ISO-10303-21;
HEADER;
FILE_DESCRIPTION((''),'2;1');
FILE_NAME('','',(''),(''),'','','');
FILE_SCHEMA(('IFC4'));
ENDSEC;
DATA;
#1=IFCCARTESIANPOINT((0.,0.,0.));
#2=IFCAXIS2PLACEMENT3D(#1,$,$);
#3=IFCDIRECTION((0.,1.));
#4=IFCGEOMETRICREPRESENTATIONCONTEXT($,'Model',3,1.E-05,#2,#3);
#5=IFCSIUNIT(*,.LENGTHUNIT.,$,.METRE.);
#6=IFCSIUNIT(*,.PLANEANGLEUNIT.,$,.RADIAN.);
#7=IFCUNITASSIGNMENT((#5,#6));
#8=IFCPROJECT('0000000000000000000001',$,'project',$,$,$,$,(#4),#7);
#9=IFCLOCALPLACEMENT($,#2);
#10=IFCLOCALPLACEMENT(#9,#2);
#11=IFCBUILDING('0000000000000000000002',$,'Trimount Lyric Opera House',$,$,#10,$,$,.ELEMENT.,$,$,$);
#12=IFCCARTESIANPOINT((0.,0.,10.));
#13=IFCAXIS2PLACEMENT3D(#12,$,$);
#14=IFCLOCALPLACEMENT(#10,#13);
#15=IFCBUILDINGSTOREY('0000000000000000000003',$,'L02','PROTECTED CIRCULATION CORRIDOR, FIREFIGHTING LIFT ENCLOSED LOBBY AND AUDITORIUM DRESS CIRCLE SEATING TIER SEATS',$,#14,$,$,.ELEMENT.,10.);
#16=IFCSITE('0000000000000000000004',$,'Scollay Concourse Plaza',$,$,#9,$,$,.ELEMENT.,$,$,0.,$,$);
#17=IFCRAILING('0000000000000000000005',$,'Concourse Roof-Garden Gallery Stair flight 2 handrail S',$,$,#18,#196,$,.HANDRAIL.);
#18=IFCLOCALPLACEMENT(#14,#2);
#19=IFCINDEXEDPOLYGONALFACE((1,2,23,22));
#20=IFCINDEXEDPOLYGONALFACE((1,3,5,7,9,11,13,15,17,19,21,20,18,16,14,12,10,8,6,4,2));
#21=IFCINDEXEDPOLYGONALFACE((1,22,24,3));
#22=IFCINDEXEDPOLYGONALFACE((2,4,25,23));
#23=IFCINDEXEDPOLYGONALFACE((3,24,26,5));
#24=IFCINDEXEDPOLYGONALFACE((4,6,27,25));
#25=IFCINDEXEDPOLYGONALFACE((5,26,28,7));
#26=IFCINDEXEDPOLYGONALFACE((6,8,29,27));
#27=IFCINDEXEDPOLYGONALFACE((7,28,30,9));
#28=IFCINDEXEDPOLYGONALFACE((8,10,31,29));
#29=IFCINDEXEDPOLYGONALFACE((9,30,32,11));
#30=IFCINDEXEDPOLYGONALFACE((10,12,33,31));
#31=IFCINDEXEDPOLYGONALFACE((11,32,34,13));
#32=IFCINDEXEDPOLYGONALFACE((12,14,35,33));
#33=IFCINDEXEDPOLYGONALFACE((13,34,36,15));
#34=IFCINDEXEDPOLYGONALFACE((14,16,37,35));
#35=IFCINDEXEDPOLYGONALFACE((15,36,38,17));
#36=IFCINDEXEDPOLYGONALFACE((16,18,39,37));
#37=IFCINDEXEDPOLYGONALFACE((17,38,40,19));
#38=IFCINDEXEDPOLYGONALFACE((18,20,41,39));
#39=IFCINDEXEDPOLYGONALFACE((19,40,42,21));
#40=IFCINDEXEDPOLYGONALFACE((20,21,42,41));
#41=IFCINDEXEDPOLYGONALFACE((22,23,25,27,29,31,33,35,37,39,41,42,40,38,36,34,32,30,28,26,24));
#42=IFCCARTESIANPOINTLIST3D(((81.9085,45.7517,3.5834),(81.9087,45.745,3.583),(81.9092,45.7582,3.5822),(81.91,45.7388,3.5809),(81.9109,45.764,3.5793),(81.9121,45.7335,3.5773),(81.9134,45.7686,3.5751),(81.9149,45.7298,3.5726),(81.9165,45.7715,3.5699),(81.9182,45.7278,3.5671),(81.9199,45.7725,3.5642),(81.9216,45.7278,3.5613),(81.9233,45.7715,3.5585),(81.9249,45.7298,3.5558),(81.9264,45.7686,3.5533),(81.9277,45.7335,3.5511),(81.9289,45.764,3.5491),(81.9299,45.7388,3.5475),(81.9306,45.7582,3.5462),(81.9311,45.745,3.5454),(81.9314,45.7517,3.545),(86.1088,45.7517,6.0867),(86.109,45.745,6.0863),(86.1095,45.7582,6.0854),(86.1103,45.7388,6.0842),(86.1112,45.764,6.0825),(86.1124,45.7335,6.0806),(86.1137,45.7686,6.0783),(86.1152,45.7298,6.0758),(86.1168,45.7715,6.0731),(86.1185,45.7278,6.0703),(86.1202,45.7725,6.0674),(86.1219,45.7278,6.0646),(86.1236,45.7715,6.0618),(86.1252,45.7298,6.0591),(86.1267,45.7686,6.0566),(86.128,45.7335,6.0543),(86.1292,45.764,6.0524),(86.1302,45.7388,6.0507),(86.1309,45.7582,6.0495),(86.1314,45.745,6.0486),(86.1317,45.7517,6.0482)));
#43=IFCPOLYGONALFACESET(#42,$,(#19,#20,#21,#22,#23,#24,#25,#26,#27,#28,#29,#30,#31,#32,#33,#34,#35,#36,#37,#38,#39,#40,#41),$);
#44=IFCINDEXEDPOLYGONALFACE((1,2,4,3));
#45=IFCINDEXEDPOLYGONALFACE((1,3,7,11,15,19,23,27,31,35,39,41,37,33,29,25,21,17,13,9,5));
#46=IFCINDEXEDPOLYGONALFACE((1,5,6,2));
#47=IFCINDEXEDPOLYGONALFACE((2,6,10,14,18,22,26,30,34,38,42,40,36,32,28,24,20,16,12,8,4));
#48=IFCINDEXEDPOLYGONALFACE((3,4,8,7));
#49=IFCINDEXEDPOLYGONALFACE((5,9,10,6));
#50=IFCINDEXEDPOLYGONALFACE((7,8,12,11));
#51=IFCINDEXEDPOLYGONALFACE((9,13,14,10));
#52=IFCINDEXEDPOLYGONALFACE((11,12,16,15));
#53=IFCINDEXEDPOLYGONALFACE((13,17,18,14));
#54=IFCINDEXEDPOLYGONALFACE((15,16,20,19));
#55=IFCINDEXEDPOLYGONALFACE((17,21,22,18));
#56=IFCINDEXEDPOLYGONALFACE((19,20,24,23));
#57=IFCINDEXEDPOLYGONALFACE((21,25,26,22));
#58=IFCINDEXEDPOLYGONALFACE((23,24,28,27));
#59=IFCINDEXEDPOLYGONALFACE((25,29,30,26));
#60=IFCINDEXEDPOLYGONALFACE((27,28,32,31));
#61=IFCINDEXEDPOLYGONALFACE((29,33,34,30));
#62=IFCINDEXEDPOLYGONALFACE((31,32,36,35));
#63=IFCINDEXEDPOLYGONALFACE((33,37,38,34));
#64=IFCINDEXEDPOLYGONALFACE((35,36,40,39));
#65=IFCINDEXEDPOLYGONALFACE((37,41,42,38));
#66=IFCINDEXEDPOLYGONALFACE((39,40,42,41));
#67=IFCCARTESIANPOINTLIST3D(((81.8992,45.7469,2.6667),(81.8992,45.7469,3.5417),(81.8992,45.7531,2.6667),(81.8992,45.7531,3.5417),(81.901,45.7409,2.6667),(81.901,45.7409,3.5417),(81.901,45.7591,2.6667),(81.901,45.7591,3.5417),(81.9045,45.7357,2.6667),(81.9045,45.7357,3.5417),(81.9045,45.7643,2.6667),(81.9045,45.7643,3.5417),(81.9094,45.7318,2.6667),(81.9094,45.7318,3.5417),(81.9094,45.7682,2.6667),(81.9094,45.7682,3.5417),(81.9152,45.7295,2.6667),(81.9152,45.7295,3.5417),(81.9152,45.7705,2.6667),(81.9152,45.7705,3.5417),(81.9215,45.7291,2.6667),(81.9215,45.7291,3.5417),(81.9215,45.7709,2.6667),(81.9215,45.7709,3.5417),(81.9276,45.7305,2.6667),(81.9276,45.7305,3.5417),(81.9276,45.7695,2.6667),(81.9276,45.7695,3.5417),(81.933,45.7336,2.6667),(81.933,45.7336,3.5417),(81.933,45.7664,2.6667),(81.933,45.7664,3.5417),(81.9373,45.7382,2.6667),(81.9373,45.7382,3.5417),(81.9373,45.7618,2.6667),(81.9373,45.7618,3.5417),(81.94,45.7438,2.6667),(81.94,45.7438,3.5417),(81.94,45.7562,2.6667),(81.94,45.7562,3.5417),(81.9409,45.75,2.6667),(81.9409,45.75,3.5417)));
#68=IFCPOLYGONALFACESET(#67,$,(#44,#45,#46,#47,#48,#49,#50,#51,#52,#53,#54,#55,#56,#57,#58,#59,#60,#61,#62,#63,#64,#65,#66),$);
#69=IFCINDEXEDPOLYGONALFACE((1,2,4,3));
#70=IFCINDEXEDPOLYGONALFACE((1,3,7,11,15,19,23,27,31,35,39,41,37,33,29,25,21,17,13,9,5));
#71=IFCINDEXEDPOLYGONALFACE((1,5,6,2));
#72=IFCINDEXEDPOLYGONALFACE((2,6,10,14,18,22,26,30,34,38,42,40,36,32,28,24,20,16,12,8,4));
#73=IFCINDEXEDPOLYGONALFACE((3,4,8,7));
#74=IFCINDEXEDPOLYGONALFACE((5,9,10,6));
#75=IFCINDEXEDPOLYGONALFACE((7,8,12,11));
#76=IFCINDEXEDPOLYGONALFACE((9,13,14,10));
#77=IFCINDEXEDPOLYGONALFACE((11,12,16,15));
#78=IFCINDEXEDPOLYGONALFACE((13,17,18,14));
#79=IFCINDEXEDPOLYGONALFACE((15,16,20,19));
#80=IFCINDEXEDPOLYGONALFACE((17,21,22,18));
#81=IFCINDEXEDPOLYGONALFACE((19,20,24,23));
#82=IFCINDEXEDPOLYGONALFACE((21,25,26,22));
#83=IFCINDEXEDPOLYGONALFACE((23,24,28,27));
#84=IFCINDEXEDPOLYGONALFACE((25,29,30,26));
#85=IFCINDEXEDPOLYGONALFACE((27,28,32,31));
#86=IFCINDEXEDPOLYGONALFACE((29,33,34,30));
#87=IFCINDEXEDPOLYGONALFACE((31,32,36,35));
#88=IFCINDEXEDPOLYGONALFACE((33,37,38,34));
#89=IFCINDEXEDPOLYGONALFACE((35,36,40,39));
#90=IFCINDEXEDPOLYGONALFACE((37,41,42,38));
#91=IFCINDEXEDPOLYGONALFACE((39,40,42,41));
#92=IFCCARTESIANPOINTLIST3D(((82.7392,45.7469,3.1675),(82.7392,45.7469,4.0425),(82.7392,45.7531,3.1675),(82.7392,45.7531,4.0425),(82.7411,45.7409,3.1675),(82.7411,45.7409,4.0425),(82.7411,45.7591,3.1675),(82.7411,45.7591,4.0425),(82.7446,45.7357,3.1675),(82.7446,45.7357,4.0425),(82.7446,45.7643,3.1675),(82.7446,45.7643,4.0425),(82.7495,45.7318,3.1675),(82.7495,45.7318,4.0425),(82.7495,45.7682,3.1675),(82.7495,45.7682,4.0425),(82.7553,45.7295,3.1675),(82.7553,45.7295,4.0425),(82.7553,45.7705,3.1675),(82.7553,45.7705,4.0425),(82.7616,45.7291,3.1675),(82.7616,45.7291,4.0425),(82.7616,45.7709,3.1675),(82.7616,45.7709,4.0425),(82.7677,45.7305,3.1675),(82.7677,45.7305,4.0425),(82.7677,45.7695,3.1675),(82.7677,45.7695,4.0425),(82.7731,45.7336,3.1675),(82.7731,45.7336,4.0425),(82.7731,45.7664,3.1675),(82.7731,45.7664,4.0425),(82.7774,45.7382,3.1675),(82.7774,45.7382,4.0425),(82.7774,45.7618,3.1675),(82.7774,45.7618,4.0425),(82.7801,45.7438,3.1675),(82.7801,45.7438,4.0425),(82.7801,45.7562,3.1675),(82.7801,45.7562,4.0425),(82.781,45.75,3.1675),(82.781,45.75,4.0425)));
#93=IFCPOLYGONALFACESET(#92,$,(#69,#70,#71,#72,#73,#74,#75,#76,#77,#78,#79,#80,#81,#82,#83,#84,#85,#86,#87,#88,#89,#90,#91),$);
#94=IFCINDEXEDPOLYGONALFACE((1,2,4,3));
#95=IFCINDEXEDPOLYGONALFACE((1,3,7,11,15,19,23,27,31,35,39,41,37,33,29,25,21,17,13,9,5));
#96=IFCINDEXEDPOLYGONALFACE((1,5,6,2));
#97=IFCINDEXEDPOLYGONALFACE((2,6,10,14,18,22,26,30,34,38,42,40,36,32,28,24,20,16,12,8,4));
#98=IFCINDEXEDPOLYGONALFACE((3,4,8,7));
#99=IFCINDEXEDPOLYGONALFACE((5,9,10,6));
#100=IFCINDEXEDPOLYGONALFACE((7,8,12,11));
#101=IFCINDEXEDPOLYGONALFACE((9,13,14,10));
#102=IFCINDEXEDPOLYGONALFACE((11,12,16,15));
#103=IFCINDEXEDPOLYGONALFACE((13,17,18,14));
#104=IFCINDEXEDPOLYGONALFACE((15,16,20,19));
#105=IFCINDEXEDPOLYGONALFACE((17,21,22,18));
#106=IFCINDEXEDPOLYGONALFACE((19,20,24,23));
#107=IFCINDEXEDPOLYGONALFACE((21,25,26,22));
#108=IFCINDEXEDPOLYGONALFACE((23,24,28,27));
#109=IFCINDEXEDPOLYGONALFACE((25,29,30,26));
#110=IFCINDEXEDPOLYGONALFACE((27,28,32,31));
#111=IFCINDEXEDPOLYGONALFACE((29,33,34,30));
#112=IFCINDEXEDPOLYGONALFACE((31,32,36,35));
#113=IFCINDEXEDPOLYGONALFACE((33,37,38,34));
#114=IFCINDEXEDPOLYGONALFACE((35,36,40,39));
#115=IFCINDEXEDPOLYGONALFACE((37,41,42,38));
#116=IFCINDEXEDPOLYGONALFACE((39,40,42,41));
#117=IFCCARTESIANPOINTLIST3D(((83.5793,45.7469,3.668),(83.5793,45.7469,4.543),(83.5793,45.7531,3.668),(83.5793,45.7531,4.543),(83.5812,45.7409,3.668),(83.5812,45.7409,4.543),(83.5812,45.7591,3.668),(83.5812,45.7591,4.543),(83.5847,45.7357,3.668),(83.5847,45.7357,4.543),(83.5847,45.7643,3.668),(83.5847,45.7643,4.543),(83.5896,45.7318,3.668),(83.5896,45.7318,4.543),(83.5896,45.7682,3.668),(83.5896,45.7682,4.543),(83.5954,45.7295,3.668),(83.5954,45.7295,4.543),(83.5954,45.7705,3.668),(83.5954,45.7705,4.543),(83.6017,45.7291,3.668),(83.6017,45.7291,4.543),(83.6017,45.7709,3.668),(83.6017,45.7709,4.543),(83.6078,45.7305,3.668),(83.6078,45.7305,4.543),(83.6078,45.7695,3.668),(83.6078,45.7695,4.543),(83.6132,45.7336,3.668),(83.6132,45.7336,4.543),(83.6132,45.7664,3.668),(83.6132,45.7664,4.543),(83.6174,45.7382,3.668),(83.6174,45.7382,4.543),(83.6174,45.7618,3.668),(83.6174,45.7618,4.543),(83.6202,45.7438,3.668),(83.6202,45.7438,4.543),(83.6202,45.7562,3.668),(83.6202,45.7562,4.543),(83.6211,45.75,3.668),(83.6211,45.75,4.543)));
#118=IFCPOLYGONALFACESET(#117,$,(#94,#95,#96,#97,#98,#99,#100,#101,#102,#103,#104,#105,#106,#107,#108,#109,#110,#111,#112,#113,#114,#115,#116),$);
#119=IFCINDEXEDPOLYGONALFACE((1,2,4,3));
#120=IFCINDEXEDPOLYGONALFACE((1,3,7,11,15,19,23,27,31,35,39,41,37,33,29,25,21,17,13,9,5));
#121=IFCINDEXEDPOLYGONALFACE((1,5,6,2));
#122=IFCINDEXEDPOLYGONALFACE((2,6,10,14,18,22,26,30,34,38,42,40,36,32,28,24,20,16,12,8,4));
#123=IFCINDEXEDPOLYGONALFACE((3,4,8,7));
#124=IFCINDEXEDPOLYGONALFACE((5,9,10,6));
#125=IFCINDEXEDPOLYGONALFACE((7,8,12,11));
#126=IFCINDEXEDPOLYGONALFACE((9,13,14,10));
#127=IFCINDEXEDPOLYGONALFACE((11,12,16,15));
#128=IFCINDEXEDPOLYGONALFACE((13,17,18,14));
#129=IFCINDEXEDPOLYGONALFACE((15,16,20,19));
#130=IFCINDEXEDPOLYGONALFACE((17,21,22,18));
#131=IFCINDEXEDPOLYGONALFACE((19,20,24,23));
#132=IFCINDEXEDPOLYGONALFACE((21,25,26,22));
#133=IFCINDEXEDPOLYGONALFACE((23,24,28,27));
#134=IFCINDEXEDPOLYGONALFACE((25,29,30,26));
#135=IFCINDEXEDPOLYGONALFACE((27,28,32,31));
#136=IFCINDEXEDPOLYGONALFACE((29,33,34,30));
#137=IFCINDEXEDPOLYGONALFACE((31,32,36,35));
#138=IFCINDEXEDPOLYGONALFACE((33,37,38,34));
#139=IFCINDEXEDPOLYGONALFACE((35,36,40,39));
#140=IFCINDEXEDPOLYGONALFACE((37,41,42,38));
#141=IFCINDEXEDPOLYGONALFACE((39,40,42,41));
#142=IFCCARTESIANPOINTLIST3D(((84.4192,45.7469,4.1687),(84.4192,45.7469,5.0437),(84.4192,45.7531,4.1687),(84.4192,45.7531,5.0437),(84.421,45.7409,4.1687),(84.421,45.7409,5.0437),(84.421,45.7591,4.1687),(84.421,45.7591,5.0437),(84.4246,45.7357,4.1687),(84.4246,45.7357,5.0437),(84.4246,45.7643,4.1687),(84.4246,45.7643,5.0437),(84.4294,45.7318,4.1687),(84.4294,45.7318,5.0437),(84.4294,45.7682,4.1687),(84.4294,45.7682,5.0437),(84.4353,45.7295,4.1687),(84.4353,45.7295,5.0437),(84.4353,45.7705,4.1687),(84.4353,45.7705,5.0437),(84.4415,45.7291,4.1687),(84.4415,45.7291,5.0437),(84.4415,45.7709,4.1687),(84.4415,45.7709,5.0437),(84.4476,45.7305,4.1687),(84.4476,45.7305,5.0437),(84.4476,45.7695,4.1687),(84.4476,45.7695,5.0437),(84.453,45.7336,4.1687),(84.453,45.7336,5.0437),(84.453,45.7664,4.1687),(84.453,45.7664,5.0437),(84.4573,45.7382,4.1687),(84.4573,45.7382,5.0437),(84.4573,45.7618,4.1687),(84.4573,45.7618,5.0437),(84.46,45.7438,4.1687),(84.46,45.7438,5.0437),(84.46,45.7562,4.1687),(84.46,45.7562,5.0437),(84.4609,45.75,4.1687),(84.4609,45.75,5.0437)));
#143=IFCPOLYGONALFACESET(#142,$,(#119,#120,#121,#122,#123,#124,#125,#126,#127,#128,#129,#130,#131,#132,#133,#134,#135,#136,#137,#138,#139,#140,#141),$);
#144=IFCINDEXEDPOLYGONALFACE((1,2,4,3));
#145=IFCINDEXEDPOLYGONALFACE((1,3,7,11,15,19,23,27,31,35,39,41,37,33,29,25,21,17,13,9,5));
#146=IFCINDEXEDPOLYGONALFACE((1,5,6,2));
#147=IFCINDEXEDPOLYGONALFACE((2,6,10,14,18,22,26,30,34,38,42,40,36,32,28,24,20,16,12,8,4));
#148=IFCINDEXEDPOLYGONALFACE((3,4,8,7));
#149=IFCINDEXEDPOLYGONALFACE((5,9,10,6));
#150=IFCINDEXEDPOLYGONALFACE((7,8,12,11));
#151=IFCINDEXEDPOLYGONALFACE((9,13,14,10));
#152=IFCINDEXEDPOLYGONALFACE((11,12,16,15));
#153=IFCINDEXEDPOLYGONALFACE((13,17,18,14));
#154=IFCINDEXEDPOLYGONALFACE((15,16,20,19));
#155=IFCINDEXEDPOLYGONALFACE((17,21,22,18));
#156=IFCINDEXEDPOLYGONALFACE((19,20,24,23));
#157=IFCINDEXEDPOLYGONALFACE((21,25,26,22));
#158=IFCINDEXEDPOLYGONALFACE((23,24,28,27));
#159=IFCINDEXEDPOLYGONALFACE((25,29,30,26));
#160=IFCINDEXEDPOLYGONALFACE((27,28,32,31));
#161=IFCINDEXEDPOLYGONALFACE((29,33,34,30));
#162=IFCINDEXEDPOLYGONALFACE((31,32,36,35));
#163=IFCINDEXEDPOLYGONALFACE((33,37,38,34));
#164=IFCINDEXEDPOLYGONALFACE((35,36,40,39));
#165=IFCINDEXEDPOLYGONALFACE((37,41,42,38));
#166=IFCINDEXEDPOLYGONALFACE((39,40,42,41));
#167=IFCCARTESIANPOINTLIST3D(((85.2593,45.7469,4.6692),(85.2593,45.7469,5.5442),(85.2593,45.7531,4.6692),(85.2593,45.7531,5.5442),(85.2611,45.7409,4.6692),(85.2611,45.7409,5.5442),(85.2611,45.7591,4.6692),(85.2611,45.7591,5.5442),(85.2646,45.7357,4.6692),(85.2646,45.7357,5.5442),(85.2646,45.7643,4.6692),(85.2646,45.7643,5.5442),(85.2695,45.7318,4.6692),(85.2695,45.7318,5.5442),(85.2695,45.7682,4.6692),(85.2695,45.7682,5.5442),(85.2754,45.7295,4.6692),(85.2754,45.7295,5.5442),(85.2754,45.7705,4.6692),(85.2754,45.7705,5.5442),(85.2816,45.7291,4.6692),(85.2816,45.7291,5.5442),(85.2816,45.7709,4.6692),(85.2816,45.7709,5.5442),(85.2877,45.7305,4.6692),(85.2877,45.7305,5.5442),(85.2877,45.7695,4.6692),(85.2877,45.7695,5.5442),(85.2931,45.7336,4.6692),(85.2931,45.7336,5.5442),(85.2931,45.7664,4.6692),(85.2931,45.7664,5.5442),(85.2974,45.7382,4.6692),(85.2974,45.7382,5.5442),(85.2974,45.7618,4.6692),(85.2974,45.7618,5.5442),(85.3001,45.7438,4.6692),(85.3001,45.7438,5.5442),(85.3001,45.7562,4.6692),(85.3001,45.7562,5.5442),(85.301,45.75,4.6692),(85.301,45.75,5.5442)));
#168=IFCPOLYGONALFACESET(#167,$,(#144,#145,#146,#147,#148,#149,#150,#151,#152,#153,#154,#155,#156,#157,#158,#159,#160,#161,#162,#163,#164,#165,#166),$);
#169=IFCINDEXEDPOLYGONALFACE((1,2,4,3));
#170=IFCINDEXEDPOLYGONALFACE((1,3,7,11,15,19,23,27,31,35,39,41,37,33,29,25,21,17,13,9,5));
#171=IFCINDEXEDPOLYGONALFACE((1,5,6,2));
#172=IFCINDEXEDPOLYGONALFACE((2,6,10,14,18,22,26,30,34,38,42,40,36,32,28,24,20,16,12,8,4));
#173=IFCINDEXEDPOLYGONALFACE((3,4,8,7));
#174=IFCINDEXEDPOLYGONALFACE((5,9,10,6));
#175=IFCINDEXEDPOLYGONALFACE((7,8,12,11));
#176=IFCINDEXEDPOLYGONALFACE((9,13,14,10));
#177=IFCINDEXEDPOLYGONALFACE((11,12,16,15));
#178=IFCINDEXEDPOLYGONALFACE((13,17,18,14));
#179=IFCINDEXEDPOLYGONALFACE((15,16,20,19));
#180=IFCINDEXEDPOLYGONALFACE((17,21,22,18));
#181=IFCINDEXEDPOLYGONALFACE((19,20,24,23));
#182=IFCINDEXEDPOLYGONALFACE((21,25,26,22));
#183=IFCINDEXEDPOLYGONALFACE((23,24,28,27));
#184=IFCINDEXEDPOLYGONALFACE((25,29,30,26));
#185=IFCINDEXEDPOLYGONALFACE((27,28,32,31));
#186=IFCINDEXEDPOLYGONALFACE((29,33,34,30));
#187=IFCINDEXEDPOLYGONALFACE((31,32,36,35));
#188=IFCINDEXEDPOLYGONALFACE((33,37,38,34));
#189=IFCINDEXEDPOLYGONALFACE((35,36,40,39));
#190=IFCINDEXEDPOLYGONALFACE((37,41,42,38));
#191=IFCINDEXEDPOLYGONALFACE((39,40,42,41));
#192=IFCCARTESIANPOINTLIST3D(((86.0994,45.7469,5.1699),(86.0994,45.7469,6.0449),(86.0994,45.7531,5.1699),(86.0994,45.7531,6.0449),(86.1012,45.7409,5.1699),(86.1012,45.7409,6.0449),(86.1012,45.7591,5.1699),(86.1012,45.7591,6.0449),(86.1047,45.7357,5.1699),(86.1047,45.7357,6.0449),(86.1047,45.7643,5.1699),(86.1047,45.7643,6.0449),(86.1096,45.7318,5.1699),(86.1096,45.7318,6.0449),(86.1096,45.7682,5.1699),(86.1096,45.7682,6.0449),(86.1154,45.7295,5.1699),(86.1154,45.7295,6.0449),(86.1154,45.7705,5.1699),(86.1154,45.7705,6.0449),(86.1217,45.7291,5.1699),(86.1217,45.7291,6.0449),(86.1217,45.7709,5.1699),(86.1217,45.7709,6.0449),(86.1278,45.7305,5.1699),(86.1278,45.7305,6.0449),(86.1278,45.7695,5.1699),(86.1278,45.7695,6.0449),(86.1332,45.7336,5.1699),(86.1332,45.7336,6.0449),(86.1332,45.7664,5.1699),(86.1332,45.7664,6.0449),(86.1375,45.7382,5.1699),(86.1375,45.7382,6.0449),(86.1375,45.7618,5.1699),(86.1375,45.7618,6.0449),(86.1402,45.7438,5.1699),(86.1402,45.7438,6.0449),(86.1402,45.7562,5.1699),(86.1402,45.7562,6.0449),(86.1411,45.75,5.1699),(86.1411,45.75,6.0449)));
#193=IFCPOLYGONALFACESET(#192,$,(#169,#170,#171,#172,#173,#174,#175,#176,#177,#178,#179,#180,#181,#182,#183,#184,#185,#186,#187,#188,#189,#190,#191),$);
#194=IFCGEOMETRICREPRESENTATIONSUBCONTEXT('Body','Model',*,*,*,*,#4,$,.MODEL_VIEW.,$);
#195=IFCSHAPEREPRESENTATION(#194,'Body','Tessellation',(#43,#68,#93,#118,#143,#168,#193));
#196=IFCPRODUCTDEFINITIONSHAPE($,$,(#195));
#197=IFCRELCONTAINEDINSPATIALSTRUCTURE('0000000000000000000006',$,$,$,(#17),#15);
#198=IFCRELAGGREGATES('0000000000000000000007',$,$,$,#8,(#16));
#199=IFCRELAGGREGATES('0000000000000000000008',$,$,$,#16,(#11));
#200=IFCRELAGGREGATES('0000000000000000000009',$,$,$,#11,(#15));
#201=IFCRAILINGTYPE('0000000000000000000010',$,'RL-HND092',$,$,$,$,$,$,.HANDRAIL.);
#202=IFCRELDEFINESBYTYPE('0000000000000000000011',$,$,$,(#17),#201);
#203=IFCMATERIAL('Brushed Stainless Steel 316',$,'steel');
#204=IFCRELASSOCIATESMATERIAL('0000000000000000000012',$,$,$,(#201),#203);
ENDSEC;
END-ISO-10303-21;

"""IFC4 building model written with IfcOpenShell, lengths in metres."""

from ifc_helpers import new_model, si_unit, direction, frame, origin, origin_2d, place, context, subcontext, project, spatial, circle, extrude, material, type_object, element, save


model = new_model("IFC4")

# Units and contexts
model_context = context("Model", 3, precision=1e-05, world=origin(), true_north=direction((0.0, 1.0)))
body_context = subcontext(model_context, "Body", "Model", "MODEL_VIEW")
ifc_project = project(units=[si_unit("LENGTHUNIT", "METRE"), si_unit("PLANEANGLEUNIT", "RADIAN")], contexts=[model_context])

# Site, building, storey
site_placement = place(None, origin())
site = spatial("IfcSite", under=ifc_project, at=site_placement, Name="Scollay Concourse Plaza", CompositionType="ELEMENT", RefElevation=0.0)
building_placement = place(site_placement, origin())
building = spatial("IfcBuilding", under=site, at=building_placement, Name="Trimount Lyric Opera House", CompositionType="ELEMENT")
storey_placement = place(building_placement, frame((0.0, 0.0, 10.0)))
storey = spatial("IfcBuildingStorey", under=building, at=storey_placement, Name="L02", Description="PROTECTED CIRCULATION CORRIDOR, FIREFIGHTING LIFT ENCLOSED LOBBY AND AUDITORIUM DRESS CIRCLE SEATING TIER SEATS", CompositionType="ELEMENT", Elevation=10.0)

# Railing
ifc_material_1 = material(Name="Brushed Stainless Steel 316", Category="steel")
railing_type_1 = type_object("IfcRailingType", Name="RL-HND092", PredefinedType="HANDRAIL", material=ifc_material_1)
railing_1_placement = place(storey_placement, frame((81.9199, 45.75, 2.6667)))
element("IfcRailing", 1, at=railing_1_placement, inside=storey, type_object=railing_type_1, Name="Concourse Roof-Garden Gallery Stair flight 2 handrail S", PredefinedType="HANDRAIL", context=body_context, shape_type="SweptSolid", body=[
    extrude(circle(Radius=0.0225, at=origin_2d()), frame((0.0, 0.0, 0.8975), z_axis=(0.859018, 0.0, 0.511946), x_axis=(0.0, 1.0, 0.0)), (0.0, 0.0, 1.0), 4.8896),
    extrude(circle(Radius=0.021, at=origin_2d()), origin(), (0.0, 0.0, 1.0), 0.875),
    extrude(circle(Radius=0.021, at=origin_2d()), frame((0.8401, 0.0, 0.5007)), (0.0, 0.0, 1.0), 0.875),
    extrude(circle(Radius=0.021, at=origin_2d()), frame((1.6802, 0.0, 1.0012)), (0.0, 0.0, 1.0), 0.875),
    extrude(circle(Radius=0.021, at=origin_2d()), frame((2.52, 0.0, 1.502)), (0.0, 0.0, 1.0), 0.875),
    extrude(circle(Radius=0.021, at=origin_2d()), frame((3.3601, 0.0, 2.0024)), (0.0, 0.0, 1.0), 0.875),
    extrude(circle(Radius=0.021, at=origin_2d()), frame((4.2002, 0.0, 2.5032)), (0.0, 0.0, 1.0), 0.875),
])

save(model, "model.ifc")
